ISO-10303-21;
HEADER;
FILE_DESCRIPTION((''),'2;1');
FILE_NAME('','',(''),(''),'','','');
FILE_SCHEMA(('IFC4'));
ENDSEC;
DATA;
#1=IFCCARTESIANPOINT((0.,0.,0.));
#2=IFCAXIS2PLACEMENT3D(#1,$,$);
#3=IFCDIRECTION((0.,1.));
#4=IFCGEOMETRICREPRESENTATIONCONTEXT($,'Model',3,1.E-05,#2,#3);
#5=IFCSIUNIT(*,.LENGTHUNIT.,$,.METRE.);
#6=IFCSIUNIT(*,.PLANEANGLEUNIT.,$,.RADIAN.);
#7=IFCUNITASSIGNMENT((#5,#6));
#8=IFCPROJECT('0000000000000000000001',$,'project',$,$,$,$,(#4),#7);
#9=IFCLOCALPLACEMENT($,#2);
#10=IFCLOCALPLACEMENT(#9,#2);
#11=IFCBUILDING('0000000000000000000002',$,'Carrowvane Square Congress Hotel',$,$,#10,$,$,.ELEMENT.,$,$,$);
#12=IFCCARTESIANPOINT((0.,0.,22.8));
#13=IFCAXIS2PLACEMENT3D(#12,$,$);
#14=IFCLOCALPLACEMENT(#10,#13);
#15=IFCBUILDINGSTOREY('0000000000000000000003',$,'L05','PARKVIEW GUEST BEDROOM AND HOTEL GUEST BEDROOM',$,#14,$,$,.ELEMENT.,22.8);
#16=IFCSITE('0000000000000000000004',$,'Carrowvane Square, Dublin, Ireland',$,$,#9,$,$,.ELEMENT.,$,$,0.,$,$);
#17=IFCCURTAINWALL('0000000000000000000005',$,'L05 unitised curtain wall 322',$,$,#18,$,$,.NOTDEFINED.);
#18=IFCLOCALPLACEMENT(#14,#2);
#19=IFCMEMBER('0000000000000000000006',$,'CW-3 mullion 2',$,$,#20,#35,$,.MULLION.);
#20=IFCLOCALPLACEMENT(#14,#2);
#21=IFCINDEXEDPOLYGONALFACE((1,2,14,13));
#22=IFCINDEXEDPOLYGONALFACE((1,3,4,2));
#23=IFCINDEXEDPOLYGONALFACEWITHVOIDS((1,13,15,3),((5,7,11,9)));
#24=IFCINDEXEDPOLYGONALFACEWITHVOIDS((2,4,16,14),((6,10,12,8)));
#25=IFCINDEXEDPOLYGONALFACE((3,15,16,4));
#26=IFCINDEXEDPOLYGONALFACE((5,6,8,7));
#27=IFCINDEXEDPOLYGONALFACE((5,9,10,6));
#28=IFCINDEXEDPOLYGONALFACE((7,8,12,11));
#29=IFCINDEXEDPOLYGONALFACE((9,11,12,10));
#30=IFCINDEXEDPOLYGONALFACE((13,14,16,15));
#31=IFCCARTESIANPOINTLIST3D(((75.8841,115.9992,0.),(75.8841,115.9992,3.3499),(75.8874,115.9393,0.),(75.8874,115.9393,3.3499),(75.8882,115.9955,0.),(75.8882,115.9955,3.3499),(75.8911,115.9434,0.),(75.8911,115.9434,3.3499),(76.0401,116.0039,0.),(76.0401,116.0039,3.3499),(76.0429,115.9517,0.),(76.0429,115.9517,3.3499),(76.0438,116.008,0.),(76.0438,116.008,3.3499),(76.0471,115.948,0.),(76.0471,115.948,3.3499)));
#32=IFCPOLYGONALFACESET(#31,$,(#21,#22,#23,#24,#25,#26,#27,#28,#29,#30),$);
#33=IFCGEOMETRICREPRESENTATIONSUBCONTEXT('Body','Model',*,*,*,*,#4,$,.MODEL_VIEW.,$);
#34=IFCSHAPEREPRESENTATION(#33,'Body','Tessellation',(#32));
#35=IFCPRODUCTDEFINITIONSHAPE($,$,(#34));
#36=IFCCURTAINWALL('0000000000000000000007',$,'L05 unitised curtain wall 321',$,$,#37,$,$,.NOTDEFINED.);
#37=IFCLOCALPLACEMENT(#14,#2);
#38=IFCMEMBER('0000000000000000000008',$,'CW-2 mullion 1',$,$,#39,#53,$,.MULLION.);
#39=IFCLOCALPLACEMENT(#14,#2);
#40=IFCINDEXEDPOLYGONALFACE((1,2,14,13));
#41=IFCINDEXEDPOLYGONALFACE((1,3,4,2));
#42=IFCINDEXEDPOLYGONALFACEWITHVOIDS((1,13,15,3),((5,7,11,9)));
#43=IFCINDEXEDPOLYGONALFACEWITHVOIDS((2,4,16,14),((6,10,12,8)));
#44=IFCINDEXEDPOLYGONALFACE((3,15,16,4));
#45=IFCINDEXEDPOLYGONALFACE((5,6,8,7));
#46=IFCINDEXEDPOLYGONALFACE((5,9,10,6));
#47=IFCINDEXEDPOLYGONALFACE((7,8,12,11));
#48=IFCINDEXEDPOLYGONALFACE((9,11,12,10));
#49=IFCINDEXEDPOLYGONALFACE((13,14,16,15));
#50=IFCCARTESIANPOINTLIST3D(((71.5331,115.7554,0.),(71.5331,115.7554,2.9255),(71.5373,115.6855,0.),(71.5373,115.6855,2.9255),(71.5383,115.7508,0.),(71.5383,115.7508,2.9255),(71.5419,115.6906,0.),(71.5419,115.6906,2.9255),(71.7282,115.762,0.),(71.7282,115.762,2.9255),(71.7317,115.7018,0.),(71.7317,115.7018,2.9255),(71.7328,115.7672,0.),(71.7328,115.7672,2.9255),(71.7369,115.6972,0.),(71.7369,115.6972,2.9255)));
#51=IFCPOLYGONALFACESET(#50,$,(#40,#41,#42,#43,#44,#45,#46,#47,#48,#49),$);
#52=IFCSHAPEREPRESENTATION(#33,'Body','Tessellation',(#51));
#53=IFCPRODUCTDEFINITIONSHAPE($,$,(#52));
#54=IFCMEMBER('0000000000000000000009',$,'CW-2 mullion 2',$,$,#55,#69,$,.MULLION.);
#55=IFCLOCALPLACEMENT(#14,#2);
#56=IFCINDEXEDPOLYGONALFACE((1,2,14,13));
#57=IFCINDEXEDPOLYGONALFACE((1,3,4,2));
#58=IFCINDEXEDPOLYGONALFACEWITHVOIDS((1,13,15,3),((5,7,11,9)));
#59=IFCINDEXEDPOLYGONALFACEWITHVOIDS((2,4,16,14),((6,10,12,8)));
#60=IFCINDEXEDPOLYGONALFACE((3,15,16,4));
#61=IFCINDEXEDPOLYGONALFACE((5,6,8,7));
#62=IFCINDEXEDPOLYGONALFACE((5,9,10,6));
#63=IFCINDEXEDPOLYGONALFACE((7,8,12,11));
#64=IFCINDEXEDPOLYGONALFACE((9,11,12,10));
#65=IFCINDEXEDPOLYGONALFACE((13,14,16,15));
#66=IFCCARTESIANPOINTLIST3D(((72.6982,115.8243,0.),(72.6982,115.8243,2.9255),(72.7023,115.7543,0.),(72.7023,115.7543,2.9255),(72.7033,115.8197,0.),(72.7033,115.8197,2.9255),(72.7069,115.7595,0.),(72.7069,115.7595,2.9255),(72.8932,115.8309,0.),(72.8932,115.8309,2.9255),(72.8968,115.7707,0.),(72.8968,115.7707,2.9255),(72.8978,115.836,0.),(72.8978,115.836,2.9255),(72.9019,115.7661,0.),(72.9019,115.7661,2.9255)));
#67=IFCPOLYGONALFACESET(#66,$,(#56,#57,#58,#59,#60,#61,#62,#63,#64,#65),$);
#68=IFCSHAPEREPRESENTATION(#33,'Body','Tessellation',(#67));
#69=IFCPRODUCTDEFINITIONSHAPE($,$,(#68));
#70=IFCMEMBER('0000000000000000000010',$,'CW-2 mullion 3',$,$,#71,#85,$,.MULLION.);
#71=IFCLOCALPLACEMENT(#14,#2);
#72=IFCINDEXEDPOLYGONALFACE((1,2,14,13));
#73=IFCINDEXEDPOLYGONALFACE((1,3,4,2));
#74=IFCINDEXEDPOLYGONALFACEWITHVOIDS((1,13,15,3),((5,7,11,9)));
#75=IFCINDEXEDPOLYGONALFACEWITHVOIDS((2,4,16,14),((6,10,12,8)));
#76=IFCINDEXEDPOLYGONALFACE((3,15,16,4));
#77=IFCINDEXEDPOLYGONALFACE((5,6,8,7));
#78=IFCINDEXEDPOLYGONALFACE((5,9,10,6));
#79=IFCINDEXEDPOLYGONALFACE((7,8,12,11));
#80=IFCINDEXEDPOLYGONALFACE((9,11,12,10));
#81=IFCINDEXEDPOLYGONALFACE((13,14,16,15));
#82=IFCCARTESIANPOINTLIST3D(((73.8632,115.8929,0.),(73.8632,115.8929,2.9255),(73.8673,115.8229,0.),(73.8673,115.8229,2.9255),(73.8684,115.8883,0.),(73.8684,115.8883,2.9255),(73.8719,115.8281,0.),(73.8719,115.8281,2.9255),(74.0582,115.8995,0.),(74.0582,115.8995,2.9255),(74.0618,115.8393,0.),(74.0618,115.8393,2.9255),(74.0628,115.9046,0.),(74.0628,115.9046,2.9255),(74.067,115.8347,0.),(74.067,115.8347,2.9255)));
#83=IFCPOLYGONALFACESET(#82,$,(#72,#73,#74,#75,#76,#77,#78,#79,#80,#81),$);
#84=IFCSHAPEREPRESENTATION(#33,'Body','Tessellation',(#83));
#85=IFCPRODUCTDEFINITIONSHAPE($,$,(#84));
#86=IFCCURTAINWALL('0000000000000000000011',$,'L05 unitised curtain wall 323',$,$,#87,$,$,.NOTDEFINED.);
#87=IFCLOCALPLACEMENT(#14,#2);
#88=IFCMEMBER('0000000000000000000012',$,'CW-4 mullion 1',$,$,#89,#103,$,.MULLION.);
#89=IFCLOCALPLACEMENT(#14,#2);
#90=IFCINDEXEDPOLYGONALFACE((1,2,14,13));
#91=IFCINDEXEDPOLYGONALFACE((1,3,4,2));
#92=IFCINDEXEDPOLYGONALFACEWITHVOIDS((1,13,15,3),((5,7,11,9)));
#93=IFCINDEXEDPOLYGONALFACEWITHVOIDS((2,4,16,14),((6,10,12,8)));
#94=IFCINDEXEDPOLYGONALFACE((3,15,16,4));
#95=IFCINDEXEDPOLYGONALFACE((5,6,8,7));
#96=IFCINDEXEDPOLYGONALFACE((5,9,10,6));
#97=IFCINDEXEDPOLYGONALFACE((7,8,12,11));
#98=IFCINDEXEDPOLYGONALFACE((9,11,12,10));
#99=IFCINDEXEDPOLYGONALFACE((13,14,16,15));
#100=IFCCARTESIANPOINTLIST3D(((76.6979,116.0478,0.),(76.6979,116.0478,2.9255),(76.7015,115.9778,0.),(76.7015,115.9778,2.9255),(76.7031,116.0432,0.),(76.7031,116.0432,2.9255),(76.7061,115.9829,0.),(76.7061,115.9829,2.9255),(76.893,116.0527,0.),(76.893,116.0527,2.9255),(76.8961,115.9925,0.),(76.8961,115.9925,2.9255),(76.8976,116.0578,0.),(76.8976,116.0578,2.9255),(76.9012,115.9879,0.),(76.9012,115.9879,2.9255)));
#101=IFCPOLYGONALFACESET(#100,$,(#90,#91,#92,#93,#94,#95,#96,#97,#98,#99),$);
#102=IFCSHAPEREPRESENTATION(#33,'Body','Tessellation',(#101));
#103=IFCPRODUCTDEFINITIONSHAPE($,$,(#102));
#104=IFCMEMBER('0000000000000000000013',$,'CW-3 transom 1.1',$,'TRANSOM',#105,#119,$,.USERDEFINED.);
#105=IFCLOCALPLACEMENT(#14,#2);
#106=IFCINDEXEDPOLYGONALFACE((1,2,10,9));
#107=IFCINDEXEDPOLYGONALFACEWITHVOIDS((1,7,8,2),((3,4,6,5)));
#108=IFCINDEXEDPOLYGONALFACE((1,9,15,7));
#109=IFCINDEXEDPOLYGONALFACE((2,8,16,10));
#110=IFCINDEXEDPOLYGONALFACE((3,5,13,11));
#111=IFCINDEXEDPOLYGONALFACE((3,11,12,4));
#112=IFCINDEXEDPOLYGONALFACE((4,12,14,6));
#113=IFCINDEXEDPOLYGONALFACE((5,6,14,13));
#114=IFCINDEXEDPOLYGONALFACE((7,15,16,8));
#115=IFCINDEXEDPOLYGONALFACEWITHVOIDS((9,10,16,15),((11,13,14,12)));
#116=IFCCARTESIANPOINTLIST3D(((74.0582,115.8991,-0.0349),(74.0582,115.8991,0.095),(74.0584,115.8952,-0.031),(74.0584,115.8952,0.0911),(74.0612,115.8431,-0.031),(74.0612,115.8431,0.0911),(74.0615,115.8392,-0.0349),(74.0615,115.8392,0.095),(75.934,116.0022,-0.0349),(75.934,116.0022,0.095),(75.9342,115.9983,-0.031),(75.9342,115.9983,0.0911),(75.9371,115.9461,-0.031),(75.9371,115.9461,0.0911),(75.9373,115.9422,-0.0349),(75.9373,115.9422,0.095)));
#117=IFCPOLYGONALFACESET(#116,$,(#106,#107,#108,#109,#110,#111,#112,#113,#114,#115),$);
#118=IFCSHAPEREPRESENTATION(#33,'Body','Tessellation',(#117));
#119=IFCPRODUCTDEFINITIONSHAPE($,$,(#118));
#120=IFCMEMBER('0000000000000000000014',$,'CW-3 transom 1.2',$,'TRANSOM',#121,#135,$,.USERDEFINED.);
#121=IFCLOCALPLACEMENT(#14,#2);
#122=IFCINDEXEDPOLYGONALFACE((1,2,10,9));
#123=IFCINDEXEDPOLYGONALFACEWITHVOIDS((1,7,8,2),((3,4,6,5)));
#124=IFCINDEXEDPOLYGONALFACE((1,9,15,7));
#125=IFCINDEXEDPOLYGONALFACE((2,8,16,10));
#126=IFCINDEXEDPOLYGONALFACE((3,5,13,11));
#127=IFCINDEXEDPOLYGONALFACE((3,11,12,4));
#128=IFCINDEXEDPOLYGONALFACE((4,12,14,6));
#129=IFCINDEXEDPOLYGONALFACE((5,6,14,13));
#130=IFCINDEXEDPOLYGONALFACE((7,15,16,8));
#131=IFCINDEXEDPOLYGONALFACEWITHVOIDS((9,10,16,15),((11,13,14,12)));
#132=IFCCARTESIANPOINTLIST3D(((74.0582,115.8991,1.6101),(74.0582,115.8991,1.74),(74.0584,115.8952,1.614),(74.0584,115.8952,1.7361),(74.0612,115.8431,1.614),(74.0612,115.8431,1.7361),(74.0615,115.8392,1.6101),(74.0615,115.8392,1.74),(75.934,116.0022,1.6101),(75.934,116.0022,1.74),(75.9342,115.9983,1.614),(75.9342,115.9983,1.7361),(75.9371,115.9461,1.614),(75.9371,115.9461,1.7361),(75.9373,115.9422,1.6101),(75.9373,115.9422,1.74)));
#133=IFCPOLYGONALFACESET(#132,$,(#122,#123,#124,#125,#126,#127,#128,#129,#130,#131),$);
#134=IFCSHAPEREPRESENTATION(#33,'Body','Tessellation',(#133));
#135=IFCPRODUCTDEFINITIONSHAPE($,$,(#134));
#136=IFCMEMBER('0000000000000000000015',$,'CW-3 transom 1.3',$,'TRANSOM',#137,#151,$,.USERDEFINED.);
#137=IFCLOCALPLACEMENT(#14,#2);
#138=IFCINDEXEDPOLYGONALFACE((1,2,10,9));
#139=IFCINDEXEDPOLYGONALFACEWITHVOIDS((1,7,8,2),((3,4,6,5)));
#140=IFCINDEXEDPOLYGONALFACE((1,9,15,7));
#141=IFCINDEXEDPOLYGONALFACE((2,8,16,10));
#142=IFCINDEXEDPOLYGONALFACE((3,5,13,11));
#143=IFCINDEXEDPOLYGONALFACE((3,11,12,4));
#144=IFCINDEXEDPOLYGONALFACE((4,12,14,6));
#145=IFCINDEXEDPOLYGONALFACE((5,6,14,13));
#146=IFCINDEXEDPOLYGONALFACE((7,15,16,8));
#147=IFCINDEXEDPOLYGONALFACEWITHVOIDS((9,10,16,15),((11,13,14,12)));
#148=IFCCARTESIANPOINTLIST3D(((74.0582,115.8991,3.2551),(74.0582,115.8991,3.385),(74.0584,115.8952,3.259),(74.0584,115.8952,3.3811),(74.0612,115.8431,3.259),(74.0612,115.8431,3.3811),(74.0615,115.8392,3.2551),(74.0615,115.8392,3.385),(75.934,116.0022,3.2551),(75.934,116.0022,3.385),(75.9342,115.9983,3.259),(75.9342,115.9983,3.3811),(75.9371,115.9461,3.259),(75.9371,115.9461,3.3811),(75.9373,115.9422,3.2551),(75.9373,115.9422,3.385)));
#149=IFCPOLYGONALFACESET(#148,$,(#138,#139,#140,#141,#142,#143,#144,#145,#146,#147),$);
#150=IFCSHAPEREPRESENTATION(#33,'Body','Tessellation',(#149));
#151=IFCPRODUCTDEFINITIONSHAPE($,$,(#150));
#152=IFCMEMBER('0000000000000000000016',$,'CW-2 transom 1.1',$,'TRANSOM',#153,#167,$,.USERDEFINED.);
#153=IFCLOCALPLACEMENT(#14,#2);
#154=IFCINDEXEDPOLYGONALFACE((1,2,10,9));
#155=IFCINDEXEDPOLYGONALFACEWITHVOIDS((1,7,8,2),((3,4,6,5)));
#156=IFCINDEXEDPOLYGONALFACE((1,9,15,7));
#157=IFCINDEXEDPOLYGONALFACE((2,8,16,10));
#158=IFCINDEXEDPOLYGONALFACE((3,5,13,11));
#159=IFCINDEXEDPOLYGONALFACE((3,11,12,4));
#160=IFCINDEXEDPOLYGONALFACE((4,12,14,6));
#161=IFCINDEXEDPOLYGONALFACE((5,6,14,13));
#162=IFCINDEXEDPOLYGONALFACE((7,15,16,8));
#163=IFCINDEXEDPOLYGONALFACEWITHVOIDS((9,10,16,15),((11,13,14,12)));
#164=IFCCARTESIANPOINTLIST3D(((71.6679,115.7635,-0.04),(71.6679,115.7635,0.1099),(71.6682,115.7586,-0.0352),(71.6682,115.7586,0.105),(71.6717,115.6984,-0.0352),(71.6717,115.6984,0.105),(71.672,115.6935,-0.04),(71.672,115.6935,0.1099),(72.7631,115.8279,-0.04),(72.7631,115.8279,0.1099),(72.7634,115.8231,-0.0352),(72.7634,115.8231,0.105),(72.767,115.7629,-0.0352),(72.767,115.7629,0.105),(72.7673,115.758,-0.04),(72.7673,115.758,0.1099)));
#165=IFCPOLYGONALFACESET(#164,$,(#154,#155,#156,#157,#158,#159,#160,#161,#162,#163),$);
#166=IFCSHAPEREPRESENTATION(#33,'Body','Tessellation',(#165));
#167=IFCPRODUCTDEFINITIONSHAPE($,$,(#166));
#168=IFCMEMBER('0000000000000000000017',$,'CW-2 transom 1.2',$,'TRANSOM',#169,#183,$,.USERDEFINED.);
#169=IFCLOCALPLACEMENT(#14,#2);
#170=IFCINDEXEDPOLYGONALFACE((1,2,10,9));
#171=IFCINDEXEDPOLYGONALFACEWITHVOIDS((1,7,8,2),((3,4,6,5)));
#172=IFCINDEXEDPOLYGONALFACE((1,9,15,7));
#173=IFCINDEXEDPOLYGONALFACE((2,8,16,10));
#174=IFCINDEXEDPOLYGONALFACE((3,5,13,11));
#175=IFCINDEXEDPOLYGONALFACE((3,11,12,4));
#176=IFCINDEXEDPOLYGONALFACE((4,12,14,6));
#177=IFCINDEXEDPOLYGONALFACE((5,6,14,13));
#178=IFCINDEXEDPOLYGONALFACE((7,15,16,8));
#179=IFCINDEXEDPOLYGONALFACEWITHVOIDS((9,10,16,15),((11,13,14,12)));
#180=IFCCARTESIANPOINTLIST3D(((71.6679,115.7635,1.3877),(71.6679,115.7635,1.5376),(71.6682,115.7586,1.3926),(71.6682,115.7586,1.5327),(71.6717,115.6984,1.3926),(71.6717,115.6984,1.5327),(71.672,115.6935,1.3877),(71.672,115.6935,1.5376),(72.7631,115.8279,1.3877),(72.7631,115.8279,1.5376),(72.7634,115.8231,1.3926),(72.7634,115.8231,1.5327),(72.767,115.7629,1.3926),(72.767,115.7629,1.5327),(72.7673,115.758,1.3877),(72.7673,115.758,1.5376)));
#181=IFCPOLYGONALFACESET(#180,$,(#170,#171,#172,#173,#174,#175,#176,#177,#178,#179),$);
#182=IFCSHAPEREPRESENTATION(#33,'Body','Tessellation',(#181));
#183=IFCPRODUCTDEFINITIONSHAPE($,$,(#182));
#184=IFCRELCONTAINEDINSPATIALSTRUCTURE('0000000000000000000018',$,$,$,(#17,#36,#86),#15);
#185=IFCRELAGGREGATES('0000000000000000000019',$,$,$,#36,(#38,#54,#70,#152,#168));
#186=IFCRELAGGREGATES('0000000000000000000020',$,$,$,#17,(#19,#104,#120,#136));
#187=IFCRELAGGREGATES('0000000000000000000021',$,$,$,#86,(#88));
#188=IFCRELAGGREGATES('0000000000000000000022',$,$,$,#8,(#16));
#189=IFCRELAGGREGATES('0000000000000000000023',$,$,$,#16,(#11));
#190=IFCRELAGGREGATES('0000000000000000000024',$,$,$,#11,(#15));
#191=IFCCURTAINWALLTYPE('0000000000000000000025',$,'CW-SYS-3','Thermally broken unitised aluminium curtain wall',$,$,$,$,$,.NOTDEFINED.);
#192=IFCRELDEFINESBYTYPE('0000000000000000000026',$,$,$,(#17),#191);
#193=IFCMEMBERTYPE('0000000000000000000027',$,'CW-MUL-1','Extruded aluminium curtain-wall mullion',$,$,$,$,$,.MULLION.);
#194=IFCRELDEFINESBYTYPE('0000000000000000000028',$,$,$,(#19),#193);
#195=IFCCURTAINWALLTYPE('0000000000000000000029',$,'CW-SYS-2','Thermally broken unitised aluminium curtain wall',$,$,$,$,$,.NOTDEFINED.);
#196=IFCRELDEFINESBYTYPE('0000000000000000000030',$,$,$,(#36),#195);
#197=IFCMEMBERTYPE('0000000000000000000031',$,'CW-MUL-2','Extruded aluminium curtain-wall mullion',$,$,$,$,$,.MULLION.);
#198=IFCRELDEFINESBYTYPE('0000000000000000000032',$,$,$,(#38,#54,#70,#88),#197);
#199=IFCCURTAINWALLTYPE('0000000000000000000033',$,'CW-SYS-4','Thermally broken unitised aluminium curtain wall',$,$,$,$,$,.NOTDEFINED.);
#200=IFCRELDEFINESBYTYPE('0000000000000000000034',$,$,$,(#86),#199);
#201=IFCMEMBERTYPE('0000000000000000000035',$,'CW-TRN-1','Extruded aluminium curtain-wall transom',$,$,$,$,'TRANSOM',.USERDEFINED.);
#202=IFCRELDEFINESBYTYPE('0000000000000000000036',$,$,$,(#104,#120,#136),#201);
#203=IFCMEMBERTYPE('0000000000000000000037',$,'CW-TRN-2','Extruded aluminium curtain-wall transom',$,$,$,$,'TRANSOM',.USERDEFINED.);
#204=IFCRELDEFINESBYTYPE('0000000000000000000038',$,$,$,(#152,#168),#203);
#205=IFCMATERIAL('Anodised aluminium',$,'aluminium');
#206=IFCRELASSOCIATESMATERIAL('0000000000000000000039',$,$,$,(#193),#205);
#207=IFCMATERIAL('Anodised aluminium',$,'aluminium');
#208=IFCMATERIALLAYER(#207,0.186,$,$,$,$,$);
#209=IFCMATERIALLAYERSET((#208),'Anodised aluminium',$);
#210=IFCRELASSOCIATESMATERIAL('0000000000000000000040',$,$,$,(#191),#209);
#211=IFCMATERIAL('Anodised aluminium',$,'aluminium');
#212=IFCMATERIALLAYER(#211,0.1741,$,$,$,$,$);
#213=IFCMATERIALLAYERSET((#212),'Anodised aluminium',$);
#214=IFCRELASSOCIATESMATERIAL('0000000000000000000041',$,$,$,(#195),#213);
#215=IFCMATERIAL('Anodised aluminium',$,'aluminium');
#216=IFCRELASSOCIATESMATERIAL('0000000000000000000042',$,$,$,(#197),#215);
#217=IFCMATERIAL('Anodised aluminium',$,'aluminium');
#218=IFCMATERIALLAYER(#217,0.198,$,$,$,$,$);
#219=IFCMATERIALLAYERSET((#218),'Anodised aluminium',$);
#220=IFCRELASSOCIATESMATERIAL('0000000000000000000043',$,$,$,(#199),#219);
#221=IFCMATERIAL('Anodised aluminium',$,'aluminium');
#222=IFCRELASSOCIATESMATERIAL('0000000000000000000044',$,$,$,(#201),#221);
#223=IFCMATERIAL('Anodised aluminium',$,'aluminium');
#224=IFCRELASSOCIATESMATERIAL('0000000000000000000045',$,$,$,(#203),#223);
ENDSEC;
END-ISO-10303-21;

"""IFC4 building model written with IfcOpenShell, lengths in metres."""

from ifc_helpers import new_model, si_unit, direction, frame, origin, origin_2d, place, context, subcontext, project, spatial, hollow_rectangle, extrude, material, layer, layer_set, material_profile, profile_set, type_object, element, aggregate, save


model = new_model("IFC4")

# Units and contexts
model_context = context("Model", 3, precision=1e-05, world=origin(), true_north=direction((0.0, 1.0)))
body_context = subcontext(model_context, "Body", "Model", "MODEL_VIEW")
ifc_project = project(units=[si_unit("LENGTHUNIT", "METRE"), si_unit("PLANEANGLEUNIT", "RADIAN")], contexts=[model_context])

# Site, building, storey
site_placement = place(None, origin())
site = spatial("IfcSite", under=ifc_project, at=site_placement, Name="Carrowvane Square, Dublin, Ireland", CompositionType="ELEMENT", RefElevation=0.0)
building_placement = place(site_placement, origin())
building = spatial("IfcBuilding", under=site, at=building_placement, Name="Carrowvane Square Congress Hotel", CompositionType="ELEMENT")
storey_placement = place(building_placement, frame((0.0, 0.0, 22.8)))
storey = spatial("IfcBuildingStorey", under=building, at=storey_placement, Name="L05", Description="PARKVIEW GUEST BEDROOM AND HOTEL GUEST BEDROOM", CompositionType="ELEMENT", Elevation=22.8)

# Shared definitions
ifc_material_1 = material(Name="Anodised aluminium", Category="aluminium")
ifc_material_profile_1 = material_profile(ifc_material_1, hollow_rectangle(XDim=0.0601, YDim=0.1599, WallThickness=0.0039, at=origin_2d()), Name="CW-ML 60x160x4")
ifc_profile_set_1 = profile_set([ifc_material_profile_1], Name="Anodised aluminium")
member_type_1 = type_object("IfcMemberType", Name="CW-MUL-1", Description="Extruded aluminium curtain-wall mullion", PredefinedType="MULLION", material=ifc_profile_set_1)

# Curtain walls, members
ifc_material_2 = material(Name="Anodised aluminium", Category="aluminium")
ifc_layer_1 = layer(ifc_material_2, 0.186)
ifc_layer_set_1 = layer_set([ifc_layer_1], Name="Anodised aluminium")
curtain_wall_type_1 = type_object("IfcCurtainWallType", Name="CW-SYS-3", Description="Thermally broken unitised aluminium curtain wall", PredefinedType="NOTDEFINED", material=ifc_layer_set_1)
curtain_wall_1_placement = place(storey_placement, origin())
curtain_wall_1 = element("IfcCurtainWall", 1, at=curtain_wall_1_placement, inside=storey, type_object=curtain_wall_type_1, Name="L05 unitised curtain wall 322", PredefinedType="NOTDEFINED")
member_1_placement = place(storey_placement, frame((75.9656, 115.9736, 0.0), z_axis=(0.0, 0.0, 1.0), x_axis=(-0.054816, 0.998496, 0.0)))
member_1 = element("IfcMember", 2, at=member_1_placement, type_object=member_type_1, Name="CW-3 mullion 2", PredefinedType="MULLION", context=body_context, shape_type="SweptSolid", body=[
    extrude(hollow_rectangle(XDim=0.0601, YDim=0.1599, WallThickness=0.0039, at=origin_2d()), origin(), (0.0, 0.0, 1.0), 3.3499),
])
ifc_material_3 = material(Name="Anodised aluminium", Category="aluminium")
ifc_layer_2 = layer(ifc_material_3, 0.1741)
ifc_layer_set_2 = layer_set([ifc_layer_2], Name="Anodised aluminium")
curtain_wall_type_2 = type_object("IfcCurtainWallType", Name="CW-SYS-2", Description="Thermally broken unitised aluminium curtain wall", PredefinedType="NOTDEFINED", material=ifc_layer_set_2)
curtain_wall_2_placement = place(storey_placement, origin())
curtain_wall_2 = element("IfcCurtainWall", 3, at=curtain_wall_2_placement, inside=storey, type_object=curtain_wall_type_2, Name="L05 unitised curtain wall 321", PredefinedType="NOTDEFINED")
ifc_material_4 = material(Name="Anodised aluminium", Category="aluminium")
ifc_material_profile_2 = material_profile(ifc_material_4, hollow_rectangle(XDim=0.0701, YDim=0.2, WallThickness=0.0049, at=origin_2d()), Name="CW-ML 70x200x5")
ifc_profile_set_2 = profile_set([ifc_material_profile_2], Name="Anodised aluminium")
member_type_2 = type_object("IfcMemberType", Name="CW-MUL-2", Description="Extruded aluminium curtain-wall mullion", PredefinedType="MULLION", material=ifc_profile_set_2)
member_2_placement = place(storey_placement, frame((71.635, 115.7263, 0.0), z_axis=(0.0, 0.0, 1.0), x_axis=(-0.058851, 0.998267, 0.0)))
member_2 = element("IfcMember", 4, at=member_2_placement, type_object=member_type_2, Name="CW-2 mullion 1", PredefinedType="MULLION", context=body_context, shape_type="SweptSolid", body=[
    extrude(hollow_rectangle(XDim=0.0701, YDim=0.2, WallThickness=0.0049, at=origin_2d()), origin(), (0.0, 0.0, 1.0), 2.9255),
])
member_3_placement = place(storey_placement, frame((72.8, 115.7952, 0.0), z_axis=(0.0, 0.0, 1.0), x_axis=(-0.058851, 0.998267, 0.0)))
member_3 = element("IfcMember", 5, at=member_3_placement, type_object=member_type_2, Name="CW-2 mullion 2", PredefinedType="MULLION", context=body_context, shape_type="SweptSolid", body=[
    extrude(hollow_rectangle(XDim=0.0701, YDim=0.2, WallThickness=0.0049, at=origin_2d()), origin(), (0.0, 0.0, 1.0), 2.9255),
])
member_4_placement = place(storey_placement, frame((73.9651, 115.8638, 0.0), z_axis=(0.0, 0.0, 1.0), x_axis=(-0.058851, 0.998267, 0.0)))
member_4 = element("IfcMember", 6, at=member_4_placement, type_object=member_type_2, Name="CW-2 mullion 3", PredefinedType="MULLION", context=body_context, shape_type="SweptSolid", body=[
    extrude(hollow_rectangle(XDim=0.0701, YDim=0.2, WallThickness=0.0049, at=origin_2d()), origin(), (0.0, 0.0, 1.0), 2.9255),
])

# Curtain wall, member
ifc_material_5 = material(Name="Anodised aluminium", Category="aluminium")
ifc_layer_3 = layer(ifc_material_5, 0.198)
ifc_layer_set_3 = layer_set([ifc_layer_3], Name="Anodised aluminium")
curtain_wall_type_3 = type_object("IfcCurtainWallType", Name="CW-SYS-4", Description="Thermally broken unitised aluminium curtain wall", PredefinedType="NOTDEFINED", material=ifc_layer_set_3)
curtain_wall_3_placement = place(storey_placement, origin())
curtain_wall_3 = element("IfcCurtainWall", 7, at=curtain_wall_3_placement, inside=storey, type_object=curtain_wall_type_3, Name="L05 unitised curtain wall 323", PredefinedType="NOTDEFINED")
member_5_placement = place(storey_placement, frame((76.7996, 116.0178, 0.0), z_axis=(0.0, 0.0, 1.0), x_axis=(-0.050324, 0.998733, 0.0)))
member_5 = element("IfcMember", 8, at=member_5_placement, type_object=member_type_2, Name="CW-4 mullion 1", PredefinedType="MULLION", context=body_context, shape_type="SweptSolid", body=[
    extrude(hollow_rectangle(XDim=0.0701, YDim=0.2, WallThickness=0.0049, at=origin_2d()), origin(), (0.0, 0.0, 1.0), 2.9255),
])

# Members
ifc_material_6 = material(Name="Anodised aluminium", Category="aluminium")
ifc_material_profile_3 = material_profile(ifc_material_6, hollow_rectangle(XDim=0.0601, YDim=0.1299, WallThickness=0.0039, at=origin_2d()), Name="CW-TR 60x130x4")
ifc_profile_set_3 = profile_set([ifc_material_profile_3], Name="Anodised aluminium")
member_type_3 = type_object("IfcMemberType", Name="CW-TRN-1", Description="Extruded aluminium curtain-wall transom", ElementType="TRANSOM", PredefinedType="USERDEFINED", material=ifc_profile_set_3)
member_6_placement = place(storey_placement, frame((74.0598, 115.8691, 0.03), z_axis=(0.998495, 0.054844, 0.0), x_axis=(-0.054844, 0.998495, 0.0)))
member_6 = element("IfcMember", 9, at=member_6_placement, type_object=member_type_3, Name="CW-3 transom 1.1", ObjectType="TRANSOM", PredefinedType="USERDEFINED", context=body_context, shape_type="SweptSolid", body=[
    extrude(hollow_rectangle(XDim=0.0601, YDim=0.1299, WallThickness=0.0039, at=origin_2d()), origin(), (0.0, 0.0, 1.0), 1.8787),
])
member_7_placement = place(storey_placement, frame((74.0598, 115.8691, 1.675), z_axis=(0.998495, 0.054844, 0.0), x_axis=(-0.054844, 0.998495, 0.0)))
member_7 = element("IfcMember", 10, at=member_7_placement, type_object=member_type_3, Name="CW-3 transom 1.2", ObjectType="TRANSOM", PredefinedType="USERDEFINED", context=body_context, shape_type="SweptSolid", body=[
    extrude(hollow_rectangle(XDim=0.0601, YDim=0.1299, WallThickness=0.0039, at=origin_2d()), origin(), (0.0, 0.0, 1.0), 1.8787),
])
member_8_placement = place(storey_placement, frame((74.0598, 115.8691, 3.3201), z_axis=(0.998495, 0.054844, 0.0), x_axis=(-0.054844, 0.998495, 0.0)))
member_8 = element("IfcMember", 11, at=member_8_placement, type_object=member_type_3, Name="CW-3 transom 1.3", ObjectType="TRANSOM", PredefinedType="USERDEFINED", context=body_context, shape_type="SweptSolid", body=[
    extrude(hollow_rectangle(XDim=0.0601, YDim=0.1299, WallThickness=0.0039, at=origin_2d()), origin(), (0.0, 0.0, 1.0), 1.8787),
])
ifc_material_7 = material(Name="Anodised aluminium", Category="aluminium")
ifc_material_profile_4 = material_profile(ifc_material_7, hollow_rectangle(XDim=0.0701, YDim=0.1499, WallThickness=0.0049, at=origin_2d()), Name="CW-TR 70x150x5")
ifc_profile_set_4 = profile_set([ifc_material_profile_4], Name="Anodised aluminium")
member_type_4 = type_object("IfcMemberType", Name="CW-TRN-2", Description="Extruded aluminium curtain-wall transom", ElementType="TRANSOM", PredefinedType="USERDEFINED", material=ifc_profile_set_4)
member_9_placement = place(storey_placement, frame((71.6699, 115.7285, 0.0349), z_axis=(0.998273, 0.058748, 0.0), x_axis=(-0.058748, 0.998273, 0.0)))
member_9 = element("IfcMember", 12, at=member_9_placement, type_object=member_type_4, Name="CW-2 transom 1.1", ObjectType="TRANSOM", PredefinedType="USERDEFINED", context=body_context, shape_type="SweptSolid", body=[
    extrude(hollow_rectangle(XDim=0.0701, YDim=0.1499, WallThickness=0.0049, at=origin_2d()), origin(), (0.0, 0.0, 1.0), 1.0972),
])
member_10_placement = place(storey_placement, frame((71.6699, 115.7285, 1.4626), z_axis=(0.998273, 0.058748, 0.0), x_axis=(-0.058748, 0.998273, 0.0)))
member_10 = element("IfcMember", 13, at=member_10_placement, type_object=member_type_4, Name="CW-2 transom 1.2", ObjectType="TRANSOM", PredefinedType="USERDEFINED", context=body_context, shape_type="SweptSolid", body=[
    extrude(hollow_rectangle(XDim=0.0701, YDim=0.1499, WallThickness=0.0049, at=origin_2d()), origin(), (0.0, 0.0, 1.0), 1.0972),
])

aggregate(curtain_wall_2, [member_2, member_3, member_4, member_9, member_10])
aggregate(curtain_wall_1, [member_1, member_6, member_7, member_8])
aggregate(curtain_wall_3, [member_5])

save(model, "model.ifc")
